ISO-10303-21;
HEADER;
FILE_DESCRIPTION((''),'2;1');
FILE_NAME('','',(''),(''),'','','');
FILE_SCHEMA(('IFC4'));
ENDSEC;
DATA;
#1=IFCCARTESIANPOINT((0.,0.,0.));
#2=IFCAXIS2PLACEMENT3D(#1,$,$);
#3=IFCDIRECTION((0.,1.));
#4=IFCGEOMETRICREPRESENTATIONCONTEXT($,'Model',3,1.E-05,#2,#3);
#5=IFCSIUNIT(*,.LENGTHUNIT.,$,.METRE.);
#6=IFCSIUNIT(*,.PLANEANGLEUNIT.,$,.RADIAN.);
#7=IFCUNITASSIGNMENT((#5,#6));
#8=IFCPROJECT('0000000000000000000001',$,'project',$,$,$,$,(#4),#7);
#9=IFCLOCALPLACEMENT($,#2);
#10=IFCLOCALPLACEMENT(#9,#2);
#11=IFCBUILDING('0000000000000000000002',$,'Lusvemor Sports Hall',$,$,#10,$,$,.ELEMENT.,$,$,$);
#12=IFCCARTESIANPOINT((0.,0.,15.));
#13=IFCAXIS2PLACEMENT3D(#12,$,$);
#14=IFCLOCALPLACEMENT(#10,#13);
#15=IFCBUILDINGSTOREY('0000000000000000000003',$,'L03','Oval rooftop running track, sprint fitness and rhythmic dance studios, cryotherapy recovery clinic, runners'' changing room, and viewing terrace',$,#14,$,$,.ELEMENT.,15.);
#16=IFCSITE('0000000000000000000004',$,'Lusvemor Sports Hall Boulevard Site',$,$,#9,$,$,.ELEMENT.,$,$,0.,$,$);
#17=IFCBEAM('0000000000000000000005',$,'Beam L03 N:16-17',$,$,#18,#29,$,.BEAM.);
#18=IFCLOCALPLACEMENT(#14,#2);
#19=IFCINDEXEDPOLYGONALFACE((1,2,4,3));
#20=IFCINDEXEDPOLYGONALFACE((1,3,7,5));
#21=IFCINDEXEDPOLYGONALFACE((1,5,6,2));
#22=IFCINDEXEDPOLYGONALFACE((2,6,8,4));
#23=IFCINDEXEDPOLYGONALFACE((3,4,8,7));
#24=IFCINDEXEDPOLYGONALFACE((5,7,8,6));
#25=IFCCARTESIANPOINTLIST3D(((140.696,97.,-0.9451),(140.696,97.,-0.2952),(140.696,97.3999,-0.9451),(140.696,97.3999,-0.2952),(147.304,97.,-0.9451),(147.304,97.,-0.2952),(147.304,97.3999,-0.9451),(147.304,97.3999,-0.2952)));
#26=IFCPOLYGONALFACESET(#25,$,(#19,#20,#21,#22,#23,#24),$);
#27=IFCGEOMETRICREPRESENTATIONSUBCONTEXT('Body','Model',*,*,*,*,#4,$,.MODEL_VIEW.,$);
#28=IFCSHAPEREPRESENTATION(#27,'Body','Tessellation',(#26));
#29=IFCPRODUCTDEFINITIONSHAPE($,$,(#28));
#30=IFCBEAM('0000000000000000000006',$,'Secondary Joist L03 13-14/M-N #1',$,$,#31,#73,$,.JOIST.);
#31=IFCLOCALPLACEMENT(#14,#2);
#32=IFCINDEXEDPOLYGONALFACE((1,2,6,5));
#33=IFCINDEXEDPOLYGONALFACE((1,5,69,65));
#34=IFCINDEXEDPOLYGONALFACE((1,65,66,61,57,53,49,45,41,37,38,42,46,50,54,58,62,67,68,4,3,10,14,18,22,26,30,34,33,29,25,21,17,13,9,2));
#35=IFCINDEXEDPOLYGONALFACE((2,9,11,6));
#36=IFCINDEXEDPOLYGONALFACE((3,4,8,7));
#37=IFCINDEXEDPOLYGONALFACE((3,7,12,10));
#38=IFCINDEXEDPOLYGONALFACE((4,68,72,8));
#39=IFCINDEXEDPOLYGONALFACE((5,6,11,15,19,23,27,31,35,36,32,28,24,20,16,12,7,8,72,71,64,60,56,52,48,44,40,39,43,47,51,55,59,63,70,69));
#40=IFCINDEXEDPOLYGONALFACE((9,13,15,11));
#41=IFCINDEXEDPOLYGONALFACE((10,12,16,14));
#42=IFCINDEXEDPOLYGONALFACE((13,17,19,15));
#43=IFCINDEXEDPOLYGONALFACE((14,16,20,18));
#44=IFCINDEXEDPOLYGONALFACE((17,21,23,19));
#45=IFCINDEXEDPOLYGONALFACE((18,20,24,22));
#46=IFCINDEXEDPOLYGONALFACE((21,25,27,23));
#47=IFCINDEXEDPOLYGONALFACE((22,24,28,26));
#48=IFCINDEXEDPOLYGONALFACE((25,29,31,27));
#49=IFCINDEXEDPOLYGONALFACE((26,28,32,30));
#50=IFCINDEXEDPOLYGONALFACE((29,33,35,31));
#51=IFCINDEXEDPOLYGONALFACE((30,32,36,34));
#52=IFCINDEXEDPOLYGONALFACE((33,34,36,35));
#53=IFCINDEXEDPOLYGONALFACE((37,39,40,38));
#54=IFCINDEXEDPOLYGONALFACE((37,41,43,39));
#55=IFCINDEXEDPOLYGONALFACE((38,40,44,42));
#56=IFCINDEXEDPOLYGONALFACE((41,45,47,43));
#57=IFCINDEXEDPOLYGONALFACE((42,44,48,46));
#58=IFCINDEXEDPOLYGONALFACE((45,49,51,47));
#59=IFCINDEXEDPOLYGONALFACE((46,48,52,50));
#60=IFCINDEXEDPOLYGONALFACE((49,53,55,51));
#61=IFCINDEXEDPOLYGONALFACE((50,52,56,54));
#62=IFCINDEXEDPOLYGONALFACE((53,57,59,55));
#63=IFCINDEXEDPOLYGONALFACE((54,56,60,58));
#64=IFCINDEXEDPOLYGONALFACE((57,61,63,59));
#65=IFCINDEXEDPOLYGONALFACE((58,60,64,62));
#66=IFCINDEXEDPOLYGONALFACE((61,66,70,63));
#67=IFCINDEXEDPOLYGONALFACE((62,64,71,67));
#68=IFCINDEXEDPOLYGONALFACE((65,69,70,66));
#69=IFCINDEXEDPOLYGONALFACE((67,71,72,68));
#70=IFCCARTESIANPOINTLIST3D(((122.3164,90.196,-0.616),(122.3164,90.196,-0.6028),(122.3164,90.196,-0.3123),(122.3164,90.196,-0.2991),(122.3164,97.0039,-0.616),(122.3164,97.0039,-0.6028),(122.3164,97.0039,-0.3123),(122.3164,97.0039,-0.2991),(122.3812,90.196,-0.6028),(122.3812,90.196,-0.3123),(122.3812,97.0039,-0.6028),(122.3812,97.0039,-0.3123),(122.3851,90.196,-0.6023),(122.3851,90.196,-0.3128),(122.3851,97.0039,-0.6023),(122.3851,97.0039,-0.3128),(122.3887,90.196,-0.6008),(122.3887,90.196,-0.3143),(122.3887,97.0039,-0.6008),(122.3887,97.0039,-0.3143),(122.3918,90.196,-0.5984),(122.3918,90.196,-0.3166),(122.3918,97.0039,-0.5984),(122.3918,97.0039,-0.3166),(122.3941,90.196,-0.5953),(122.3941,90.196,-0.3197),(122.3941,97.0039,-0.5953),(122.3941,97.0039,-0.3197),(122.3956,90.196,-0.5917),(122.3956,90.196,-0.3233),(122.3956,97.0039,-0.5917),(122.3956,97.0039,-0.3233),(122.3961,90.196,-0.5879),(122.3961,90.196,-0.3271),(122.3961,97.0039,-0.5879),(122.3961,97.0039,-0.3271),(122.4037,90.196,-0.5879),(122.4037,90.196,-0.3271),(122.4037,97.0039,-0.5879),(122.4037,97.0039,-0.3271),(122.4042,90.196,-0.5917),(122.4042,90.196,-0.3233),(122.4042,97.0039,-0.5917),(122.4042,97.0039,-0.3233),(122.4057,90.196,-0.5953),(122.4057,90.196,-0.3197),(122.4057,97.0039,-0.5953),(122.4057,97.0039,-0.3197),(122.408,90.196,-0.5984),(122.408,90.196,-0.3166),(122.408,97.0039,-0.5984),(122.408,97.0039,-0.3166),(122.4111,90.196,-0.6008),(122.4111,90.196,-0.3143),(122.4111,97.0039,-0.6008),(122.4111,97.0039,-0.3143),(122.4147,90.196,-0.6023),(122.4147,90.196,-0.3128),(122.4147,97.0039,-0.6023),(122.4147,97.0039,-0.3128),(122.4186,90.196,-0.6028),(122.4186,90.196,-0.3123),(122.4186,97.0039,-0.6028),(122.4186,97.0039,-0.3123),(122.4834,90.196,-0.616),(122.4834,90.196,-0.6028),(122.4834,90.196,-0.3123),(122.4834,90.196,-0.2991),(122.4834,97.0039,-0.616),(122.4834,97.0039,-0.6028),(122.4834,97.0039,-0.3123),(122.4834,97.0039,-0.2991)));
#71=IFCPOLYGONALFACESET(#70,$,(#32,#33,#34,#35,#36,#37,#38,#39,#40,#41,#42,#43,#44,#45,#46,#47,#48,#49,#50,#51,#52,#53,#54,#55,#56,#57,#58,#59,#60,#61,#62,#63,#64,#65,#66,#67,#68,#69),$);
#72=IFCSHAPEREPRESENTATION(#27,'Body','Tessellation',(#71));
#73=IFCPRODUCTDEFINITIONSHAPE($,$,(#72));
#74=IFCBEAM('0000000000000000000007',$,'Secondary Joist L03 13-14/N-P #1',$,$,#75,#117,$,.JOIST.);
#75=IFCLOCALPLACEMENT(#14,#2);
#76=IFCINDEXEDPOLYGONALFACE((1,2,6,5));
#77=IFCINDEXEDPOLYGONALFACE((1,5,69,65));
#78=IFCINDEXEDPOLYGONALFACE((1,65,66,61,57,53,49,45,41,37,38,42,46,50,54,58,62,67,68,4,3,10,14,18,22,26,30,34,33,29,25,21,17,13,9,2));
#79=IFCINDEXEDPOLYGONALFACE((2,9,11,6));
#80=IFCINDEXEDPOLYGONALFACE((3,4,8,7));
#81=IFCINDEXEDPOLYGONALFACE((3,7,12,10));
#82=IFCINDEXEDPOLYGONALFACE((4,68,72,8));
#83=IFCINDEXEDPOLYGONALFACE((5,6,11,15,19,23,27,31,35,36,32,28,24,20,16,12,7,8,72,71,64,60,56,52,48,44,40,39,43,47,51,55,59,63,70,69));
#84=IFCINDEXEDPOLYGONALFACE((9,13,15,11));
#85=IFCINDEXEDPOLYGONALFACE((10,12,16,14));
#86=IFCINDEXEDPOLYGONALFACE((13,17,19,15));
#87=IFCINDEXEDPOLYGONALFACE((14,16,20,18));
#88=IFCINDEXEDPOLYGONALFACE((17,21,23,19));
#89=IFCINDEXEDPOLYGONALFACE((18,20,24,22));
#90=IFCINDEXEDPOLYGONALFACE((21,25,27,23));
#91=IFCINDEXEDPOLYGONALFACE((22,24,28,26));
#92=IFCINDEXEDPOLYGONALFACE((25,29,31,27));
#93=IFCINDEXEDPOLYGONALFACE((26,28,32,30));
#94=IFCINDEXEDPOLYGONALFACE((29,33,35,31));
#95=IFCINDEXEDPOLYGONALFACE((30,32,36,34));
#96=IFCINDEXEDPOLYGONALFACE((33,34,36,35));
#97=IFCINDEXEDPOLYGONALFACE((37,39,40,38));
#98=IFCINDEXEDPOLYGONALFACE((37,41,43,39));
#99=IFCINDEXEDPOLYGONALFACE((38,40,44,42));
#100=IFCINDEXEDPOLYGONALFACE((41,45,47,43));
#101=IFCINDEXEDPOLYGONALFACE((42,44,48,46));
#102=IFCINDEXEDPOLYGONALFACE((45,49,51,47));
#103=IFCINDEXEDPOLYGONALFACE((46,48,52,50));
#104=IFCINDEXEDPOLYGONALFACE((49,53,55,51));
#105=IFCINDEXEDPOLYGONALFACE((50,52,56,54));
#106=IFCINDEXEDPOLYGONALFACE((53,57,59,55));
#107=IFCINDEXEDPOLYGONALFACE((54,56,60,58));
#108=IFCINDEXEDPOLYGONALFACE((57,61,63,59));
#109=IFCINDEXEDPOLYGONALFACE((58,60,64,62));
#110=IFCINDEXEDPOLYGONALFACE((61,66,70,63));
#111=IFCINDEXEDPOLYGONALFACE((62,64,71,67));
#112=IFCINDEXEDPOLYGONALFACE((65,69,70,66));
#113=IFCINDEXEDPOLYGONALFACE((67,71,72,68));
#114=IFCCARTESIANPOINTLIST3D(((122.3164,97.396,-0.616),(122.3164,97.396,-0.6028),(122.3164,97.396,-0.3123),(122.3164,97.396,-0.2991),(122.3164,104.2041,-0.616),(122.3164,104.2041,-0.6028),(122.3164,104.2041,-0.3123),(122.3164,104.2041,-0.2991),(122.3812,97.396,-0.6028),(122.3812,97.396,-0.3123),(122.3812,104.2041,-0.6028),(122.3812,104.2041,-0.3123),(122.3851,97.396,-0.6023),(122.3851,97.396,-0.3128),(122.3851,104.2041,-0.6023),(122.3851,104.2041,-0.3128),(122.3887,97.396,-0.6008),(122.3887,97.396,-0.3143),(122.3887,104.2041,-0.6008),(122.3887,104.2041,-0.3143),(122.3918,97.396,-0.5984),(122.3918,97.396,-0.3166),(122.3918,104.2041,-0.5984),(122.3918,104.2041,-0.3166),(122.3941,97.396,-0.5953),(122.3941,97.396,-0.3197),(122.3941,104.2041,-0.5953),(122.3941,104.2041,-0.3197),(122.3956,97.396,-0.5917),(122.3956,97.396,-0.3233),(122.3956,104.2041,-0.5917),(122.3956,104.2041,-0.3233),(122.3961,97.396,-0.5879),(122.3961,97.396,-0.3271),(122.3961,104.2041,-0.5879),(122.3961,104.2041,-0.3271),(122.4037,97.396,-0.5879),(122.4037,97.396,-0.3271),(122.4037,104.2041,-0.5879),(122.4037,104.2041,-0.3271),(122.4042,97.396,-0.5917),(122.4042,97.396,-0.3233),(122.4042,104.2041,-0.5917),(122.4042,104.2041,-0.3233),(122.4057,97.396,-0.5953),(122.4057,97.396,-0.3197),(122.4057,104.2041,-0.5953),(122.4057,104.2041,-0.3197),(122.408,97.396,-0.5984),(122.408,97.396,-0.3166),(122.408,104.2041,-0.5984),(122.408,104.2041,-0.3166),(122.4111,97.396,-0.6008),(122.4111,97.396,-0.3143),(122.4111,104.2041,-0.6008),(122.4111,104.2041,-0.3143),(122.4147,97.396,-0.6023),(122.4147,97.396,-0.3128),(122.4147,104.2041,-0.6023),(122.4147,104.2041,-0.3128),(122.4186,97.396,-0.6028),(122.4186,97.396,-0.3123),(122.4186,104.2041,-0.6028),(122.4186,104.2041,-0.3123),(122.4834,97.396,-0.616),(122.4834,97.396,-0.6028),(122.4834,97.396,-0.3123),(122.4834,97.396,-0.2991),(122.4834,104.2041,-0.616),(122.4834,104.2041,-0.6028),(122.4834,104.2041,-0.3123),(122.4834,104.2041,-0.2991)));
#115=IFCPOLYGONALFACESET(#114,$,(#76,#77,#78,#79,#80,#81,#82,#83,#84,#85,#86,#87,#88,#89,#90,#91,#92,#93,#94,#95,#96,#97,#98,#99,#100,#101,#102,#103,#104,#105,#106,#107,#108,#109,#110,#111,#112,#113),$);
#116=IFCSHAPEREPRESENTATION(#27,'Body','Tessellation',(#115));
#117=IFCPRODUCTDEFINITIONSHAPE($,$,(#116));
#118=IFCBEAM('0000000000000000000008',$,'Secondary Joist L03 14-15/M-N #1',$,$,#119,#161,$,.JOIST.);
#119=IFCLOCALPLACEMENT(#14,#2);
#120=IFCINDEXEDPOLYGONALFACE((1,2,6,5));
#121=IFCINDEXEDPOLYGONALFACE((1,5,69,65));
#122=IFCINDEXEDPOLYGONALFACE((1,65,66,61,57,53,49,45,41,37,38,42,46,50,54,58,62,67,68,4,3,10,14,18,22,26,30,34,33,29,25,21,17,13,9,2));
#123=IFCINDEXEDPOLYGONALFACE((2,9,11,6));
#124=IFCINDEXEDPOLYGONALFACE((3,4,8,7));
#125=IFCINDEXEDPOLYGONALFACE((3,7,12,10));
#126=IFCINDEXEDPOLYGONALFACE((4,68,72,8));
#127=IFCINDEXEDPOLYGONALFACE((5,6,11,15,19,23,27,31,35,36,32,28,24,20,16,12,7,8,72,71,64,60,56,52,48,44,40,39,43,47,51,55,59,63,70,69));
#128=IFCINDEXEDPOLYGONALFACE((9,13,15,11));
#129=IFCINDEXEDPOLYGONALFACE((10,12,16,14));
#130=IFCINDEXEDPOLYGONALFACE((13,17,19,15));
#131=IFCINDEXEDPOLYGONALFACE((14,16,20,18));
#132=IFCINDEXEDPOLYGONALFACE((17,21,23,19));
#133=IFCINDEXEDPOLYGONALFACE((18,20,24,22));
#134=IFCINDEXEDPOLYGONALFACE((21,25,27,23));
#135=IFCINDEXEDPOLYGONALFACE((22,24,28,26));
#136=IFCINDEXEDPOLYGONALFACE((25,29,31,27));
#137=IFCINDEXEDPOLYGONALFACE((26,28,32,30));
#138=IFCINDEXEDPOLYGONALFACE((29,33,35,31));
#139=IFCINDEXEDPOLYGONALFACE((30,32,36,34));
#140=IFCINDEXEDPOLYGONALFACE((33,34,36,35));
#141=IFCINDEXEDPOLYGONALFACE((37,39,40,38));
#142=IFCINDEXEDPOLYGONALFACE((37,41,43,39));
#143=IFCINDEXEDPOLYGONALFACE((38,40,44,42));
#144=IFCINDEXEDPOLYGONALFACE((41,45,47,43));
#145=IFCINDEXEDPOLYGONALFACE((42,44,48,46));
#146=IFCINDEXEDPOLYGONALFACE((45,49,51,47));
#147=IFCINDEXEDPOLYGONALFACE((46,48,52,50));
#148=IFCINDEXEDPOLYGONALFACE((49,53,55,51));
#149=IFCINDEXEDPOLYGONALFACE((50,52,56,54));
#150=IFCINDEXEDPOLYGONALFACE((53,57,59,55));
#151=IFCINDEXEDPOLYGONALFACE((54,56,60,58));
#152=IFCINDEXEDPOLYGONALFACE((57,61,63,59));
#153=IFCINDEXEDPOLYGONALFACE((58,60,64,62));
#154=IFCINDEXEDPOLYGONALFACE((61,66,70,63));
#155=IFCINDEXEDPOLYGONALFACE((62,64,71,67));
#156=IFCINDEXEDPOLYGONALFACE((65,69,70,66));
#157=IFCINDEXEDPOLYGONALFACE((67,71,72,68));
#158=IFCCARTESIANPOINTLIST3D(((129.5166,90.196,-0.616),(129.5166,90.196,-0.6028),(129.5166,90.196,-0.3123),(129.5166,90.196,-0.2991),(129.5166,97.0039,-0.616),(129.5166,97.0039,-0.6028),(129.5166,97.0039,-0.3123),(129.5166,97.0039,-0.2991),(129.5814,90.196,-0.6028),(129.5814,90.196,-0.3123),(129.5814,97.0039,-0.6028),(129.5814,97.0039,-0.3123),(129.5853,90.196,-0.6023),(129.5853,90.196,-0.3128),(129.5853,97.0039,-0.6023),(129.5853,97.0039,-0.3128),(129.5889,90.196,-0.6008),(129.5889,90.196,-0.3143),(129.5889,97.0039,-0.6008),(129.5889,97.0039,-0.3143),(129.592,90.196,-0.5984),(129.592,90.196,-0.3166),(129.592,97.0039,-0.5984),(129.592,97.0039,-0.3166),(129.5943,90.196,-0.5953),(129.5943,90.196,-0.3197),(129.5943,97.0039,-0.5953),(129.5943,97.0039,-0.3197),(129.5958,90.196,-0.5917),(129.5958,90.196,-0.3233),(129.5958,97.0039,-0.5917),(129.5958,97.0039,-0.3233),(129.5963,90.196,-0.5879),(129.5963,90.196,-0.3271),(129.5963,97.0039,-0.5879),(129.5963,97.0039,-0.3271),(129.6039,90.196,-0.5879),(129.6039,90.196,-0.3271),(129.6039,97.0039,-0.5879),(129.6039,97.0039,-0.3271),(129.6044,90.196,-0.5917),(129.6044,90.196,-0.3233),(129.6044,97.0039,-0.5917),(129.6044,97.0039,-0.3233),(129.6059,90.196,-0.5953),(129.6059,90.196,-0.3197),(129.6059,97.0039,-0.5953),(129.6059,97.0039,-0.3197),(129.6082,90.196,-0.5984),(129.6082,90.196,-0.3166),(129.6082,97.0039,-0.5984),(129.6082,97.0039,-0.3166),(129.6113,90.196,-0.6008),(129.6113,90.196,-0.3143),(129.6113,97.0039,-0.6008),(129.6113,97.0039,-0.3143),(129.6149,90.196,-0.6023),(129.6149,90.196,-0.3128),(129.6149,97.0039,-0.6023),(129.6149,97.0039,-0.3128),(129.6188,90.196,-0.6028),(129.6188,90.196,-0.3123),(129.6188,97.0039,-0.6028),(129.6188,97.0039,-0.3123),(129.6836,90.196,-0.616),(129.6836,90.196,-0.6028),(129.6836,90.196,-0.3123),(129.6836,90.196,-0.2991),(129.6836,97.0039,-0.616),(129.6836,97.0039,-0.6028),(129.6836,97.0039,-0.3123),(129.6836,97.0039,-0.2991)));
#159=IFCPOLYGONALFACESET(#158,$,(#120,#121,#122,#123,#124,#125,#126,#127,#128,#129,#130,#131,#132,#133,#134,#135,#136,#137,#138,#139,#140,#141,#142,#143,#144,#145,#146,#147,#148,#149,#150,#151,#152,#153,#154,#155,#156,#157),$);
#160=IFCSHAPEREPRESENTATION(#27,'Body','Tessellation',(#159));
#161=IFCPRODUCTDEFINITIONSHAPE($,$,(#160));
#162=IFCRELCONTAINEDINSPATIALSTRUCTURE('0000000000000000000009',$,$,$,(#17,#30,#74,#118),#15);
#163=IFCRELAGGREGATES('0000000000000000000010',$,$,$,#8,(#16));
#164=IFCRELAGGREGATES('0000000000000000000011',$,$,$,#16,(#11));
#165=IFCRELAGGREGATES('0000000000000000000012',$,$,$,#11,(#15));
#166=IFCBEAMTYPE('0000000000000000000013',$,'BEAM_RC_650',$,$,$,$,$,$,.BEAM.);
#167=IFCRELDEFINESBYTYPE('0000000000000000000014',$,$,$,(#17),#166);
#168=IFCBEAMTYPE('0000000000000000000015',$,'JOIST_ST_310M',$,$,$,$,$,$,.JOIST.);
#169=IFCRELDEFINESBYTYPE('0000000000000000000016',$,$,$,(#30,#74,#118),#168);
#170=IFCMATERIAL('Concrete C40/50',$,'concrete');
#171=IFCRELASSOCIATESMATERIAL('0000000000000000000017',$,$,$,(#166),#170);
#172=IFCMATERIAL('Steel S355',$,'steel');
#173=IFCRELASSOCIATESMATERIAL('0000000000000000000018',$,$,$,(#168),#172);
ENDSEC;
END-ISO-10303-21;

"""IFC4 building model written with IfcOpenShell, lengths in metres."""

from ifc_helpers import new_model, si_unit, direction, frame, origin, origin_2d, place, context, subcontext, project, spatial, rectangle, i_section, extrude, material, material_profile, profile_set, type_object, element, save


model = new_model("IFC4")

# Units and contexts
model_context = context("Model", 3, precision=1e-05, world=origin(), true_north=direction((0.0, 1.0)))
body_context = subcontext(model_context, "Body", "Model", "MODEL_VIEW")
ifc_project = project(units=[si_unit("LENGTHUNIT", "METRE"), si_unit("PLANEANGLEUNIT", "RADIAN")], contexts=[model_context])

# Site, building, storey
site_placement = place(None, origin())
site = spatial("IfcSite", under=ifc_project, at=site_placement, Name="Lusvemor Sports Hall Boulevard Site", CompositionType="ELEMENT", RefElevation=0.0)
building_placement = place(site_placement, origin())
building = spatial("IfcBuilding", under=site, at=building_placement, Name="Lusvemor Sports Hall", CompositionType="ELEMENT")
storey_placement = place(building_placement, frame((0.0, 0.0, 15.0)))
storey = spatial("IfcBuildingStorey", under=building, at=storey_placement, Name="L03", Description="Oval rooftop running track, sprint fitness and rhythmic dance studios, cryotherapy recovery clinic, runners' changing room, and viewing terrace", CompositionType="ELEMENT", Elevation=15.0)

# Beams
ifc_material_1 = material(Name="Concrete C40/50", Category="concrete")
ifc_material_profile_1 = material_profile(ifc_material_1, rectangle(XDim=0.3999, YDim=0.6499, at=origin_2d()), Name="RC400x650")
ifc_profile_set_1 = profile_set([ifc_material_profile_1], Name="Concrete C40/50")
beam_type_1 = type_object("IfcBeamType", Name="BEAM_RC_650", PredefinedType="BEAM", material=ifc_profile_set_1)
beam_1_placement = place(storey_placement, frame((140.696, 97.2, -0.6201), z_axis=(1.0, 0.0, 0.0), x_axis=(0.0, 1.0, 0.0)))
element("IfcBeam", 1, at=beam_1_placement, inside=storey, type_object=beam_type_1, Name="Beam L03 N:16-17", PredefinedType="BEAM", context=body_context, shape_type="SweptSolid", body=[
    extrude(rectangle(XDim=0.3999, YDim=0.6499, at=origin_2d()), origin(), (0.0, 0.0, 1.0), 6.6079),
])
ifc_material_2 = material(Name="Steel S355", Category="steel")
ifc_material_profile_2 = material_profile(ifc_material_2, i_section(OverallWidth=0.167, OverallDepth=0.3169, WebThickness=0.0076, FlangeThickness=0.0132, FilletRadius=0.0149, at=origin_2d()), Name="W310x52.0")
ifc_profile_set_2 = profile_set([ifc_material_profile_2], Name="Steel S355")
beam_type_2 = type_object("IfcBeamType", Name="JOIST_ST_310M", PredefinedType="JOIST", material=ifc_profile_set_2)
beam_2_placement = place(storey_placement, frame((122.3999, 90.196, -0.4575), z_axis=(0.0, 1.0, 0.0), x_axis=(-1.0, 0.0, 0.0)))
element("IfcBeam", 2, at=beam_2_placement, inside=storey, type_object=beam_type_2, Name="Secondary Joist L03 13-14/M-N #1", PredefinedType="JOIST", context=body_context, shape_type="SweptSolid", body=[
    extrude(i_section(OverallWidth=0.167, OverallDepth=0.3169, WebThickness=0.0076, FlangeThickness=0.0132, FilletRadius=0.0149, at=origin_2d()), origin(), (0.0, 0.0, 1.0), 6.8079),
])
beam_3_placement = place(storey_placement, frame((122.3999, 97.396, -0.4575), z_axis=(0.0, 1.0, 0.0), x_axis=(-1.0, 0.0, 0.0)))
element("IfcBeam", 3, at=beam_3_placement, inside=storey, type_object=beam_type_2, Name="Secondary Joist L03 13-14/N-P #1", PredefinedType="JOIST", context=body_context, shape_type="SweptSolid", body=[
    extrude(i_section(OverallWidth=0.167, OverallDepth=0.3169, WebThickness=0.0076, FlangeThickness=0.0132, FilletRadius=0.0149, at=origin_2d()), origin(), (0.0, 0.0, 1.0), 6.8081),
])
beam_4_placement = place(storey_placement, frame((129.6001, 90.196, -0.4575), z_axis=(0.0, 1.0, 0.0), x_axis=(-1.0, 0.0, 0.0)))
element("IfcBeam", 4, at=beam_4_placement, inside=storey, type_object=beam_type_2, Name="Secondary Joist L03 14-15/M-N #1", PredefinedType="JOIST", context=body_context, shape_type="SweptSolid", body=[
    extrude(i_section(OverallWidth=0.167, OverallDepth=0.3169, WebThickness=0.0076, FlangeThickness=0.0132, FilletRadius=0.0149, at=origin_2d()), origin(), (0.0, 0.0, 1.0), 6.8079),
])

save(model, "model.ifc")
